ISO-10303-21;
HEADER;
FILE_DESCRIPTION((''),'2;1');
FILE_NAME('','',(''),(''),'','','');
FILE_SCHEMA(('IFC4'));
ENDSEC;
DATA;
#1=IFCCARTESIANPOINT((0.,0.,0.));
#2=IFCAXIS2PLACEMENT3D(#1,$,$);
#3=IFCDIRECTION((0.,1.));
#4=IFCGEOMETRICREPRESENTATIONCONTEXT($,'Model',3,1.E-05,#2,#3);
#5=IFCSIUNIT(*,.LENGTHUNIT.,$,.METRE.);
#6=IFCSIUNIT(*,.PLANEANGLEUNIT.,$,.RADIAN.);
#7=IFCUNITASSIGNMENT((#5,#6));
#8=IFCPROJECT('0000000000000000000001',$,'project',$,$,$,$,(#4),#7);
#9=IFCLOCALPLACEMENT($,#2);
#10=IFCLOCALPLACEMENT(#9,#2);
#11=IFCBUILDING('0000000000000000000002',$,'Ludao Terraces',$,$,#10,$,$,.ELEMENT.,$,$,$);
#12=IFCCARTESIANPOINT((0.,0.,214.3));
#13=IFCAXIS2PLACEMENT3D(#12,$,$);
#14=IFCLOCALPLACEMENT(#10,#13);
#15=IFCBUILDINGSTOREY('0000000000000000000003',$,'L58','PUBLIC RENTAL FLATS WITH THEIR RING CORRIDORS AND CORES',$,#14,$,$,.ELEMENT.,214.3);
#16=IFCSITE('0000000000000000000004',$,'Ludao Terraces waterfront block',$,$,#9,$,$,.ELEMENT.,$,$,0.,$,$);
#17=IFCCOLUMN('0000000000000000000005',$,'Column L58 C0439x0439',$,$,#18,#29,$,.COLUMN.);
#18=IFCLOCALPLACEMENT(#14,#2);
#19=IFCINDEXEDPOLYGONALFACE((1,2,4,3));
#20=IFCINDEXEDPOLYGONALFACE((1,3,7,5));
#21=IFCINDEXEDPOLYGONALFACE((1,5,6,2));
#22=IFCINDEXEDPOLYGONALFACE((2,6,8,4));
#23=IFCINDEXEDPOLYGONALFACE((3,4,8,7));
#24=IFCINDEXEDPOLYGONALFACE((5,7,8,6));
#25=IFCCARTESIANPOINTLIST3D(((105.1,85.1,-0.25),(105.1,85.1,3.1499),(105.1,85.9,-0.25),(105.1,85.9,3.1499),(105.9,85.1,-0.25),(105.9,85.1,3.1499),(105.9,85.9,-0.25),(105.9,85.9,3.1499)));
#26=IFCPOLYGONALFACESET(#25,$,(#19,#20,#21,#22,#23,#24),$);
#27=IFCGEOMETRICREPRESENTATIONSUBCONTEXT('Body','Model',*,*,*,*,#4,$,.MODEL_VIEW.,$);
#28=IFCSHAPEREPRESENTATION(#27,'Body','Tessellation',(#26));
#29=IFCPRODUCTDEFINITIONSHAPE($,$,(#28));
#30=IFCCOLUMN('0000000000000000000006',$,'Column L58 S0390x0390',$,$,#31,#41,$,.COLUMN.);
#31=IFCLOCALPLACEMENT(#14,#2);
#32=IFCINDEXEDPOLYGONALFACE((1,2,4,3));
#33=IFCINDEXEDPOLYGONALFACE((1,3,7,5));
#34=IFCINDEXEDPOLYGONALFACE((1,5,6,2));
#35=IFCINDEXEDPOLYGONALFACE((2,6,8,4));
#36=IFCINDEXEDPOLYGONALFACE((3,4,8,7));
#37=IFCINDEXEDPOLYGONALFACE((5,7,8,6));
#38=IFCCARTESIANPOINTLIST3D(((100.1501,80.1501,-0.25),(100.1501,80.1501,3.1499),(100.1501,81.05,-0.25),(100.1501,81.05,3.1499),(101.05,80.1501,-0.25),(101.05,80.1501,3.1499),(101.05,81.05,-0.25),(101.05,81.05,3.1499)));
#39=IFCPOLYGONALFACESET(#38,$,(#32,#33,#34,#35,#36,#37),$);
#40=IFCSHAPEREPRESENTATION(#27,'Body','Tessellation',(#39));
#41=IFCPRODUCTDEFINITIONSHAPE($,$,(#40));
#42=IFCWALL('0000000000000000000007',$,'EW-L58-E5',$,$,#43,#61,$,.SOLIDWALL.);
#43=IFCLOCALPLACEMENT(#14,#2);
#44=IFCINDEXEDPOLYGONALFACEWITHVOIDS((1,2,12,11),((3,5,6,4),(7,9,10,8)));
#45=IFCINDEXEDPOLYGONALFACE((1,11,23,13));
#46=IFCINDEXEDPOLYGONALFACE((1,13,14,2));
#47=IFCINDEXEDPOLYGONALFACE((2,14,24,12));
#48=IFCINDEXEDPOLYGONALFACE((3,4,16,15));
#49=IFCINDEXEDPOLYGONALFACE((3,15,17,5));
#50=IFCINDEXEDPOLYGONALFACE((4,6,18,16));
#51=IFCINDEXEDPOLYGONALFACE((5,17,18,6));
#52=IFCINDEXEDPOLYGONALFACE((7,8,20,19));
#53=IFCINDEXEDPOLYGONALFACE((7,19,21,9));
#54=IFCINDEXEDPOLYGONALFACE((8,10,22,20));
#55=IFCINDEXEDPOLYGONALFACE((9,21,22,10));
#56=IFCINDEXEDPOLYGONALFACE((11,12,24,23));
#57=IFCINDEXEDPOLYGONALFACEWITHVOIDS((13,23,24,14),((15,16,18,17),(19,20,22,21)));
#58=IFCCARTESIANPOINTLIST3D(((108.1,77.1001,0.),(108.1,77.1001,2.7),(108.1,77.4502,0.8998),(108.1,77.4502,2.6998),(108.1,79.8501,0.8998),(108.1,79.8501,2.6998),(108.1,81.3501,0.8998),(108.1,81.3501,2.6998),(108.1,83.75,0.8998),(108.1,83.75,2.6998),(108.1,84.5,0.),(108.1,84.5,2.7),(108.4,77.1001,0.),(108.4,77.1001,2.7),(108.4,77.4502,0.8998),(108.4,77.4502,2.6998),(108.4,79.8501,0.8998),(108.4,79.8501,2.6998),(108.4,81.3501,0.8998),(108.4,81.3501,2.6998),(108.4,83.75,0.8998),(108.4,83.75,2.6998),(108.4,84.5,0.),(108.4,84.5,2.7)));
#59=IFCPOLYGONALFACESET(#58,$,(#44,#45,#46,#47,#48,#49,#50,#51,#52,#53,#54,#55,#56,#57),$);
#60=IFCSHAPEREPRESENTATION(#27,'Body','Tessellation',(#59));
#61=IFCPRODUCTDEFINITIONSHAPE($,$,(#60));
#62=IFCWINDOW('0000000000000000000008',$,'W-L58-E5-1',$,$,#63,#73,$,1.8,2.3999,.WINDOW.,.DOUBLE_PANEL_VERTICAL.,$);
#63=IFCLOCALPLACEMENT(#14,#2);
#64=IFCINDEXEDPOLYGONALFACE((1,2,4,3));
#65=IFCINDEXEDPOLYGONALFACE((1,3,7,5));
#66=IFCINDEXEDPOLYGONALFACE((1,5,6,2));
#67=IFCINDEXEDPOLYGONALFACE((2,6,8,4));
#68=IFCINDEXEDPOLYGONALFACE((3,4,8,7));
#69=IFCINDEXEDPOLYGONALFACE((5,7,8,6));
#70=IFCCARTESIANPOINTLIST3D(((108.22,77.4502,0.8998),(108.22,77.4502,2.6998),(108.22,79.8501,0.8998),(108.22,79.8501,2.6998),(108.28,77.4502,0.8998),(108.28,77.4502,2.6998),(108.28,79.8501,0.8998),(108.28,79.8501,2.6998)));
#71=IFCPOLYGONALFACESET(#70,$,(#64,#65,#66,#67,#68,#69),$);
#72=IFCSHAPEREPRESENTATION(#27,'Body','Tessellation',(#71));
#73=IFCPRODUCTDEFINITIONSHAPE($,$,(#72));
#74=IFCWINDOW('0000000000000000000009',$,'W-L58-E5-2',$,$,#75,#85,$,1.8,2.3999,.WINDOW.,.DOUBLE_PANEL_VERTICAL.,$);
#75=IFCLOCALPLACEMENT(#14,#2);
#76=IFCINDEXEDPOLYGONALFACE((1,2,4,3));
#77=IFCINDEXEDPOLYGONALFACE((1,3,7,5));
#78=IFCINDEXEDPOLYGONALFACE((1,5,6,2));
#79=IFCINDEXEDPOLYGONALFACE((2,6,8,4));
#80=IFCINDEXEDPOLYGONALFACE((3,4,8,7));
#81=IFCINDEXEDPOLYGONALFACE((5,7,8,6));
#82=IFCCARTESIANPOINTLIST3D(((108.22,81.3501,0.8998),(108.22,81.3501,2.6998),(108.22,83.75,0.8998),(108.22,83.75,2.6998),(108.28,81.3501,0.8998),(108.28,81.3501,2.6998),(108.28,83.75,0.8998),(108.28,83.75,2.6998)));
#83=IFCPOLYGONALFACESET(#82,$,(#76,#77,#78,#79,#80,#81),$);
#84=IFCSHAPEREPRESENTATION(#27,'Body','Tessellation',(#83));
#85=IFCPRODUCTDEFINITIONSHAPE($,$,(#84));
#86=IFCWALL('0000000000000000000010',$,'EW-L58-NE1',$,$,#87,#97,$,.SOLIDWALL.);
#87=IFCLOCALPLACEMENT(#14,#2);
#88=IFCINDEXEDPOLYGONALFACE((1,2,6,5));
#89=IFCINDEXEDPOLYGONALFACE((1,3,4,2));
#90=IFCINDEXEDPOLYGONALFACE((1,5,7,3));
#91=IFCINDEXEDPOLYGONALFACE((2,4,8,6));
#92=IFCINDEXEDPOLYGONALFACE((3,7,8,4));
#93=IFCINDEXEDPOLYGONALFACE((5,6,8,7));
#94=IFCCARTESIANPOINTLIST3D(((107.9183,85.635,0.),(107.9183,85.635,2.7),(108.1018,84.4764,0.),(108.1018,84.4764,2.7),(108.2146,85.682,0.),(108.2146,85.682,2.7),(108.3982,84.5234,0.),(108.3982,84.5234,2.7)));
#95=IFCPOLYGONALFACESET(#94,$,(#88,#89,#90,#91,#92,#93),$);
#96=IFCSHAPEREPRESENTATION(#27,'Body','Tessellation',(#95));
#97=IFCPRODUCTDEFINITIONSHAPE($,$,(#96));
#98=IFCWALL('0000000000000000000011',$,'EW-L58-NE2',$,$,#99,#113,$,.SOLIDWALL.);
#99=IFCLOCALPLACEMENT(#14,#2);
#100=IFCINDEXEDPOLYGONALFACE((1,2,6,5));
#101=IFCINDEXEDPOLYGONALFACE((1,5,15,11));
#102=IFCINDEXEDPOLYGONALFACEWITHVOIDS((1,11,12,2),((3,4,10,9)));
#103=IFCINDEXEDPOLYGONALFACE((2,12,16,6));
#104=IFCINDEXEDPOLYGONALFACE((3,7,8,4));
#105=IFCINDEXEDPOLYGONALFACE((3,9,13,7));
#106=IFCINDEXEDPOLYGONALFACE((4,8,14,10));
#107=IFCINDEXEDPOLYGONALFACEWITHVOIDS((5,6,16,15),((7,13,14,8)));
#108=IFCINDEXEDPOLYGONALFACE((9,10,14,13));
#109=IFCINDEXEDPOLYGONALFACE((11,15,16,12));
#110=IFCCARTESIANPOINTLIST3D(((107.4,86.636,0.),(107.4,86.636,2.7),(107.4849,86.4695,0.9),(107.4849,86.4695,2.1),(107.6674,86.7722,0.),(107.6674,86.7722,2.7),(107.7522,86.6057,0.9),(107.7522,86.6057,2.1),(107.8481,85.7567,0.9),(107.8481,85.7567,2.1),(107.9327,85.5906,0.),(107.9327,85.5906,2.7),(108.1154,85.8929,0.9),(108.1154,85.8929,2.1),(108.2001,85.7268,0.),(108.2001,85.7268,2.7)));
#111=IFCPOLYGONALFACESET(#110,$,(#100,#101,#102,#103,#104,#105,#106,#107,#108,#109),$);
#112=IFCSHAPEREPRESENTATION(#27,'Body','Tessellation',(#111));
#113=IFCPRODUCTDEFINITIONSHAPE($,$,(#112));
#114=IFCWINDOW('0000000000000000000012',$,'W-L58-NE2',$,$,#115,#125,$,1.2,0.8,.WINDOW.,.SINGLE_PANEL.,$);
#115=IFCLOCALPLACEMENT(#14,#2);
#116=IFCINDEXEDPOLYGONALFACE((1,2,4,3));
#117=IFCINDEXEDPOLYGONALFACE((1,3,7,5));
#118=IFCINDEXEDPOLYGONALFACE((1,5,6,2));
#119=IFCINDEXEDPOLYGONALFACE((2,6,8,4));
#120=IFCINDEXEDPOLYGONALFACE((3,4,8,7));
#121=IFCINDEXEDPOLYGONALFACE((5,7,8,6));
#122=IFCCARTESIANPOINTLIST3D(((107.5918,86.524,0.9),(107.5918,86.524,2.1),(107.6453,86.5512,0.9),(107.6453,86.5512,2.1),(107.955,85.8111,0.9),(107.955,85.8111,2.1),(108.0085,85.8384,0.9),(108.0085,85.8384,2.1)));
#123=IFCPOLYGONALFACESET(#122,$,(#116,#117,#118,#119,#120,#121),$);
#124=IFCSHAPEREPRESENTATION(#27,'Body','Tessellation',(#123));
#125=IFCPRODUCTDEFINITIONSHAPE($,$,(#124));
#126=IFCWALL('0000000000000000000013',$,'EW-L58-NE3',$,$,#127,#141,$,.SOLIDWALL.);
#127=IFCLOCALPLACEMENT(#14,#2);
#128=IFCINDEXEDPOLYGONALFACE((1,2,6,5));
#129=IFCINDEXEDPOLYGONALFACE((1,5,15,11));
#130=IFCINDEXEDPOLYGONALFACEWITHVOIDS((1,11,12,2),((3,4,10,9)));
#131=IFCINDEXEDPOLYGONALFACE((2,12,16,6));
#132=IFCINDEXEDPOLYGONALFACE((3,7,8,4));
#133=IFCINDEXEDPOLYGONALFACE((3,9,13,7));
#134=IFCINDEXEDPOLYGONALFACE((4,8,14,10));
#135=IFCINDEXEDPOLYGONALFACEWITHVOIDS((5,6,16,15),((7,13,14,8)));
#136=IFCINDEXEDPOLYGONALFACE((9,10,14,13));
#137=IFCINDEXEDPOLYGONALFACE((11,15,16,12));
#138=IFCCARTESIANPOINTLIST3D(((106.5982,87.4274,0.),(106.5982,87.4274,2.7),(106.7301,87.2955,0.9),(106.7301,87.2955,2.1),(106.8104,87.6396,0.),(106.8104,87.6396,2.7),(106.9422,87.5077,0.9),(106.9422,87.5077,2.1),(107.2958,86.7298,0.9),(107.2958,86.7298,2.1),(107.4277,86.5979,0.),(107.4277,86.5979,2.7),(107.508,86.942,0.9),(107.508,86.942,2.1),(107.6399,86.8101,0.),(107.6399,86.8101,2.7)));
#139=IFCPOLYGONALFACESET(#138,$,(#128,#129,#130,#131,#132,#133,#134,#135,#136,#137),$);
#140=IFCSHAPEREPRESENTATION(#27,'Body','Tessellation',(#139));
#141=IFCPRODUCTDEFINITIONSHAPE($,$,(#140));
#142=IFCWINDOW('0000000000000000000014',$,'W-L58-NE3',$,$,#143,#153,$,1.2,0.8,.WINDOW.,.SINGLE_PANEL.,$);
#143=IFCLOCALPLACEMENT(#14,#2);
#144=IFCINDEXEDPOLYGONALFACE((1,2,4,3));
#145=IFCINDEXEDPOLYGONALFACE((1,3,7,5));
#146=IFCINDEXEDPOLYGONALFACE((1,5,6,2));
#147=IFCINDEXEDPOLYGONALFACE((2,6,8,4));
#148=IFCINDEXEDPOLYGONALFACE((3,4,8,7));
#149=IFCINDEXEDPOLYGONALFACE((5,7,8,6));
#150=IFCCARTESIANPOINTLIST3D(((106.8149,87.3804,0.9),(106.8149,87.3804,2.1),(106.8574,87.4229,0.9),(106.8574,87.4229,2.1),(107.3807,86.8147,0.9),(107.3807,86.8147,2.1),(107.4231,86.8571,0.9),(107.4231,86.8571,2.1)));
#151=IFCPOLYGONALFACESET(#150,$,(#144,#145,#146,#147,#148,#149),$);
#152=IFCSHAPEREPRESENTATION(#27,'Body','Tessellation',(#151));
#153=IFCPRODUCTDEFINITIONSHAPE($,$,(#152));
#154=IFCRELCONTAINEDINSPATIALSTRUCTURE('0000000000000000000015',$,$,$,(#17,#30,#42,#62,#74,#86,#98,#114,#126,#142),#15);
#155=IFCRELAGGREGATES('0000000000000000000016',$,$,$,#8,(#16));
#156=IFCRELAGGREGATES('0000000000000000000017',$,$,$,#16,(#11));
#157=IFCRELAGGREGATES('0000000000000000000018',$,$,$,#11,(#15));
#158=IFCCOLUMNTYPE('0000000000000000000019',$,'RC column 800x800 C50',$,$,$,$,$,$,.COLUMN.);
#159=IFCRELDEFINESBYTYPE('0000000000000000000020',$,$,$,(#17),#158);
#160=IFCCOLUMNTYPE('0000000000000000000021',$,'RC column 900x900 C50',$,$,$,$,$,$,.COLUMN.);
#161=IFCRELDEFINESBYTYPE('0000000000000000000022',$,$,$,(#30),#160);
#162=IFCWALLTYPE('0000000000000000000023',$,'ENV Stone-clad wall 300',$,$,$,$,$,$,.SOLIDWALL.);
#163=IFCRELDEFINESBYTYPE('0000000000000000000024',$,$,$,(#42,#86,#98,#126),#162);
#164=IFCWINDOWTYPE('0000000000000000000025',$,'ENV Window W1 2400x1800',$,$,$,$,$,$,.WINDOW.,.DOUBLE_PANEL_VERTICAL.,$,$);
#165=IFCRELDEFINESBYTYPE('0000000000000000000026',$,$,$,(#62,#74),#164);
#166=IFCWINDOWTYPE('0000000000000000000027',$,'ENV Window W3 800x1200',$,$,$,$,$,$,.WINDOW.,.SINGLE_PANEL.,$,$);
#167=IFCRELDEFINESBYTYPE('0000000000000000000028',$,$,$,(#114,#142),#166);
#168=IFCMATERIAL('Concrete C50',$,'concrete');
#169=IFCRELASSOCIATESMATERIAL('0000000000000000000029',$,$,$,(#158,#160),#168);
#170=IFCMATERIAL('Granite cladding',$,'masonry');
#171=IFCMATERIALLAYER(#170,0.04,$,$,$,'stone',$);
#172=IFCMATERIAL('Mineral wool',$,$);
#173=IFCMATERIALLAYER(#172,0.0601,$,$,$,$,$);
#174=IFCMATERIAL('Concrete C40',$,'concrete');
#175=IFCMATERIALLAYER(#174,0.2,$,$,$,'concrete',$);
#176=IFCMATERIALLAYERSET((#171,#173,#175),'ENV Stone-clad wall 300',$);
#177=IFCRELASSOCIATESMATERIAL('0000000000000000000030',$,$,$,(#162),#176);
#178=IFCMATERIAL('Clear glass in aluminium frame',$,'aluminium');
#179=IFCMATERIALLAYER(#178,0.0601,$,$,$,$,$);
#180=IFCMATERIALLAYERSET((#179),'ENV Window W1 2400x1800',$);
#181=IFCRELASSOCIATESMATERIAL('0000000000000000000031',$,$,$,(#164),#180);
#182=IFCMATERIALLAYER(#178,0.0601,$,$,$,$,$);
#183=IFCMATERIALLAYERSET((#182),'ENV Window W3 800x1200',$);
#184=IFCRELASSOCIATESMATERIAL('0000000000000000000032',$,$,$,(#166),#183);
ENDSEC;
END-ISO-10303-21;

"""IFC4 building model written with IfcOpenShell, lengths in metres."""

from ifc_helpers import new_model, si_unit, direction, frame, frame_2d, origin, origin_2d, place, context, subcontext, project, spatial, rectangle, extrude, material, layer, layer_set, material_profile, profile_set, type_object, element, fill, save


model = new_model("IFC4")

# Units and contexts
model_context = context("Model", 3, precision=1e-05, world=origin(), true_north=direction((0.0, 1.0)))
body_context = subcontext(model_context, "Body", "Model", "MODEL_VIEW")
ifc_project = project(units=[si_unit("LENGTHUNIT", "METRE"), si_unit("PLANEANGLEUNIT", "RADIAN")], contexts=[model_context])

# Site, building, storey
site_placement = place(None, origin())
site = spatial("IfcSite", under=ifc_project, at=site_placement, Name="Ludao Terraces waterfront block", CompositionType="ELEMENT", RefElevation=0.0)
building_placement = place(site_placement, origin())
building = spatial("IfcBuilding", under=site, at=building_placement, Name="Ludao Terraces", CompositionType="ELEMENT")
storey_placement = place(building_placement, frame((0.0, 0.0, 214.3)))
storey = spatial("IfcBuildingStorey", under=building, at=storey_placement, Name="L58", Description="PUBLIC RENTAL FLATS WITH THEIR RING CORRIDORS AND CORES", CompositionType="ELEMENT", Elevation=214.3)

# Columns
ifc_material_1 = material(Name="Concrete C50", Category="concrete")
ifc_material_profile_1 = material_profile(ifc_material_1, rectangle(XDim=0.8, YDim=0.8, at=origin_2d()), Name="800 X 800")
ifc_profile_set_1 = profile_set([ifc_material_profile_1], Name="Concrete C50")
column_type_1 = type_object("IfcColumnType", Name="RC column 800x800 C50", PredefinedType="COLUMN", material=ifc_profile_set_1)
column_1_placement = place(storey_placement, frame((105.5, 85.5, -0.25), z_axis=(0.0, 0.0, 1.0), x_axis=(1.0, 0.0, 0.0)))
element("IfcColumn", 1, at=column_1_placement, inside=storey, type_object=column_type_1, Name="Column L58 C0439x0439", PredefinedType="COLUMN", context=body_context, shape_type="SweptSolid", body=[
    extrude(rectangle(XDim=0.8, YDim=0.8, at=origin_2d()), origin(), (0.0, 0.0, 1.0), 3.3999),
])
ifc_material_profile_2 = material_profile(ifc_material_1, rectangle(XDim=0.8999, YDim=0.8999, at=origin_2d()), Name="900 X 900")
ifc_profile_set_2 = profile_set([ifc_material_profile_2], Name="Concrete C50")
column_type_2 = type_object("IfcColumnType", Name="RC column 900x900 C50", PredefinedType="COLUMN", material=ifc_profile_set_2)
column_2_placement = place(storey_placement, frame((100.6001, 80.6001, -0.25), z_axis=(0.0, 0.0, 1.0), x_axis=(1.0, 0.0, 0.0)))
element("IfcColumn", 2, at=column_2_placement, inside=storey, type_object=column_type_2, Name="Column L58 S0390x0390", PredefinedType="COLUMN", context=body_context, shape_type="SweptSolid", body=[
    extrude(rectangle(XDim=0.8999, YDim=0.8999, at=origin_2d()), origin(), (0.0, 0.0, 1.0), 3.3999),
])

# Wall, openings, windows
ifc_material_2 = material(Name="Granite cladding", Category="masonry")
ifc_layer_1 = layer(ifc_material_2, 0.04, Category="stone")
ifc_material_3 = material(Name="Mineral wool")
ifc_layer_2 = layer(ifc_material_3, 0.0601)
ifc_material_4 = material(Name="Concrete C40", Category="concrete")
ifc_layer_3 = layer(ifc_material_4, 0.2, Category="concrete")
ifc_layer_set_1 = layer_set([ifc_layer_1, ifc_layer_2, ifc_layer_3], Name="ENV Stone-clad wall 300")
wall_type_1 = type_object("IfcWallType", Name="ENV Stone-clad wall 300", PredefinedType="SOLIDWALL", material=ifc_layer_set_1)
wall_1_placement = place(storey_placement, frame((108.25, 77.1001, 0.0), z_axis=(0.0, 0.0, 1.0), x_axis=(0.0, 1.0, 0.0)))
wall_1 = element("IfcWall", 3, at=wall_1_placement, inside=storey, type_object=wall_type_1, Name="EW-L58-E5", PredefinedType="SOLIDWALL", context=body_context, shape_type="SweptSolid", body=[
    extrude(rectangle(XDim=7.3999, YDim=0.3, at=frame_2d((3.7, 0.0))), origin(), (0.0, 0.0, 1.0), 2.7),
])
opening_1_placement = place(wall_1_placement, frame((0.3501, 0.0, 0.8999)))
opening_1 = element("IfcOpeningElement", 4, at=opening_1_placement, cuts=wall_1, PredefinedType="OPENING", context=body_context, shape_type="SweptSolid", body=[
    extrude(rectangle(XDim=2.3999, YDim=1.8, at=frame_2d((1.2, 0.8999))), frame((0.0, 0.1602, 0.0), z_axis=(0.0, -1.0, 0.0), x_axis=(1.0, 0.0, 0.0)), (0.0, 0.0, 1.0), 0.3201),
])
opening_2_placement = place(wall_1_placement, frame((4.25, 0.0, 0.8999)))
opening_2 = element("IfcOpeningElement", 5, at=opening_2_placement, cuts=wall_1, PredefinedType="OPENING", context=body_context, shape_type="SweptSolid", body=[
    extrude(rectangle(XDim=2.3999, YDim=1.8, at=frame_2d((1.2, 0.8999))), frame((0.0, 0.1602, 0.0), z_axis=(0.0, -1.0, 0.0), x_axis=(1.0, 0.0, 0.0)), (0.0, 0.0, 1.0), 0.3201),
])
ifc_material_5 = material(Name="Clear glass in aluminium frame", Category="aluminium")
ifc_layer_4 = layer(ifc_material_5, 0.0601)
ifc_layer_set_2 = layer_set([ifc_layer_4], Name="ENV Window W1 2400x1800")
window_type_1 = type_object("IfcWindowType", Name="ENV Window W1 2400x1800", PartitioningType="DOUBLE_PANEL_VERTICAL", PredefinedType="WINDOW", material=ifc_layer_set_2)
window_1_placement = place(opening_1_placement, origin())
window_1 = element("IfcWindow", 6, at=window_1_placement, inside=storey, type_object=window_type_1, Name="W-L58-E5-1", OverallHeight=1.8, OverallWidth=2.3999, PartitioningType="DOUBLE_PANEL_VERTICAL", PredefinedType="WINDOW", context=body_context, shape_type="SweptSolid", body=[
    extrude(rectangle(XDim=2.3999, YDim=1.8, at=frame_2d((1.2, 0.8999))), frame((0.0, 0.03, 0.0), z_axis=(0.0, -1.0, 0.0), x_axis=(1.0, 0.0, 0.0)), (0.0, 0.0, 1.0), 0.0601),
])
fill(opening_1, window_1)
window_2_placement = place(opening_2_placement, origin())
window_2 = element("IfcWindow", 7, at=window_2_placement, inside=storey, type_object=window_type_1, Name="W-L58-E5-2", OverallHeight=1.8, OverallWidth=2.3999, PartitioningType="DOUBLE_PANEL_VERTICAL", PredefinedType="WINDOW", context=body_context, shape_type="SweptSolid", body=[
    extrude(rectangle(XDim=2.3999, YDim=1.8, at=frame_2d((1.2, 0.8999))), frame((0.0, 0.03, 0.0), z_axis=(0.0, -1.0, 0.0), x_axis=(1.0, 0.0, 0.0)), (0.0, 0.0, 1.0), 0.0601),
])
fill(opening_2, window_2)

# Wall
wall_2_placement = place(storey_placement, frame((108.25, 84.5, 0.0), z_axis=(0.0, 0.0, 1.0), x_axis=(-0.156497, 0.987678, 0.0)))
element("IfcWall", 8, at=wall_2_placement, inside=storey, type_object=wall_type_1, Name="EW-L58-NE1", PredefinedType="SOLIDWALL", context=body_context, shape_type="SweptSolid", body=[
    extrude(rectangle(XDim=1.1731, YDim=0.3, at=frame_2d((0.5864, 0.0))), origin(), (0.0, 0.0, 1.0), 2.7),
])

# Walls, openings, windows
wall_3_placement = place(storey_placement, frame((108.0664, 85.6587, 0.0), z_axis=(0.0, 0.0, 1.0), x_axis=(-0.454026, 0.890989, 0.0)))
wall_3 = element("IfcWall", 9, at=wall_3_placement, inside=storey, type_object=wall_type_1, Name="EW-L58-NE2", PredefinedType="SOLIDWALL", context=body_context, shape_type="SweptSolid", body=[
    extrude(rectangle(XDim=1.1733, YDim=0.3, at=frame_2d((0.5867, 0.0))), origin(), (0.0, 0.0, 1.0), 2.7),
])
opening_3_placement = place(wall_3_placement, frame((0.1865, 0.0, 0.8999)))
opening_3 = element("IfcOpeningElement", 10, at=opening_3_placement, cuts=wall_3, PredefinedType="OPENING", context=body_context, shape_type="SweptSolid", body=[
    extrude(rectangle(XDim=0.8, YDim=1.2, at=frame_2d((0.3999, 0.6001))), frame((0.0, 0.1602, 0.0), z_axis=(0.0, -1.0, 0.0), x_axis=(1.0, 0.0, 0.0)), (0.0, 0.0, 1.0), 0.3201),
])
ifc_layer_5 = layer(ifc_material_5, 0.0601)
ifc_layer_set_3 = layer_set([ifc_layer_5], Name="ENV Window W3 800x1200")
window_type_2 = type_object("IfcWindowType", Name="ENV Window W3 800x1200", PartitioningType="SINGLE_PANEL", PredefinedType="WINDOW", material=ifc_layer_set_3)
window_3_placement = place(opening_3_placement, origin())
window_3 = element("IfcWindow", 11, at=window_3_placement, inside=storey, type_object=window_type_2, Name="W-L58-NE2", OverallHeight=1.2, OverallWidth=0.8, PartitioningType="SINGLE_PANEL", PredefinedType="WINDOW", context=body_context, shape_type="SweptSolid", body=[
    extrude(rectangle(XDim=0.8, YDim=1.2, at=frame_2d((0.3999, 0.6001))), frame((0.0, 0.03, 0.0), z_axis=(0.0, -1.0, 0.0), x_axis=(1.0, 0.0, 0.0)), (0.0, 0.0, 1.0), 0.0601),
])
fill(opening_3, window_3)
wall_4_placement = place(storey_placement, frame((107.5337, 86.7041, 0.0), z_axis=(0.0, 0.0, 1.0), x_axis=(-0.707107, 0.707107, 0.0)))
wall_4 = element("IfcWall", 12, at=wall_4_placement, inside=storey, type_object=wall_type_1, Name="EW-L58-NE3", PredefinedType="SOLIDWALL", context=body_context, shape_type="SweptSolid", body=[
    extrude(rectangle(XDim=1.1731, YDim=0.3, at=frame_2d((0.5864, 0.0))), origin(), (0.0, 0.0, 1.0), 2.7),
])
opening_4_placement = place(wall_4_placement, frame((0.1865, 0.0, 0.8999)))
opening_4 = element("IfcOpeningElement", 13, at=opening_4_placement, cuts=wall_4, PredefinedType="OPENING", context=body_context, shape_type="SweptSolid", body=[
    extrude(rectangle(XDim=0.8, YDim=1.2, at=frame_2d((0.3999, 0.6001))), frame((0.0, 0.1602, 0.0), z_axis=(0.0, -1.0, 0.0), x_axis=(1.0, 0.0, 0.0)), (0.0, 0.0, 1.0), 0.3201),
])
window_4_placement = place(opening_4_placement, origin())
window_4 = element("IfcWindow", 14, at=window_4_placement, inside=storey, type_object=window_type_2, Name="W-L58-NE3", OverallHeight=1.2, OverallWidth=0.8, PartitioningType="SINGLE_PANEL", PredefinedType="WINDOW", context=body_context, shape_type="SweptSolid", body=[
    extrude(rectangle(XDim=0.8, YDim=1.2, at=frame_2d((0.3999, 0.6001))), frame((0.0, 0.03, 0.0), z_axis=(0.0, -1.0, 0.0), x_axis=(1.0, 0.0, 0.0)), (0.0, 0.0, 1.0), 0.0601),
])
fill(opening_4, window_4)

save(model, "model.ifc")
